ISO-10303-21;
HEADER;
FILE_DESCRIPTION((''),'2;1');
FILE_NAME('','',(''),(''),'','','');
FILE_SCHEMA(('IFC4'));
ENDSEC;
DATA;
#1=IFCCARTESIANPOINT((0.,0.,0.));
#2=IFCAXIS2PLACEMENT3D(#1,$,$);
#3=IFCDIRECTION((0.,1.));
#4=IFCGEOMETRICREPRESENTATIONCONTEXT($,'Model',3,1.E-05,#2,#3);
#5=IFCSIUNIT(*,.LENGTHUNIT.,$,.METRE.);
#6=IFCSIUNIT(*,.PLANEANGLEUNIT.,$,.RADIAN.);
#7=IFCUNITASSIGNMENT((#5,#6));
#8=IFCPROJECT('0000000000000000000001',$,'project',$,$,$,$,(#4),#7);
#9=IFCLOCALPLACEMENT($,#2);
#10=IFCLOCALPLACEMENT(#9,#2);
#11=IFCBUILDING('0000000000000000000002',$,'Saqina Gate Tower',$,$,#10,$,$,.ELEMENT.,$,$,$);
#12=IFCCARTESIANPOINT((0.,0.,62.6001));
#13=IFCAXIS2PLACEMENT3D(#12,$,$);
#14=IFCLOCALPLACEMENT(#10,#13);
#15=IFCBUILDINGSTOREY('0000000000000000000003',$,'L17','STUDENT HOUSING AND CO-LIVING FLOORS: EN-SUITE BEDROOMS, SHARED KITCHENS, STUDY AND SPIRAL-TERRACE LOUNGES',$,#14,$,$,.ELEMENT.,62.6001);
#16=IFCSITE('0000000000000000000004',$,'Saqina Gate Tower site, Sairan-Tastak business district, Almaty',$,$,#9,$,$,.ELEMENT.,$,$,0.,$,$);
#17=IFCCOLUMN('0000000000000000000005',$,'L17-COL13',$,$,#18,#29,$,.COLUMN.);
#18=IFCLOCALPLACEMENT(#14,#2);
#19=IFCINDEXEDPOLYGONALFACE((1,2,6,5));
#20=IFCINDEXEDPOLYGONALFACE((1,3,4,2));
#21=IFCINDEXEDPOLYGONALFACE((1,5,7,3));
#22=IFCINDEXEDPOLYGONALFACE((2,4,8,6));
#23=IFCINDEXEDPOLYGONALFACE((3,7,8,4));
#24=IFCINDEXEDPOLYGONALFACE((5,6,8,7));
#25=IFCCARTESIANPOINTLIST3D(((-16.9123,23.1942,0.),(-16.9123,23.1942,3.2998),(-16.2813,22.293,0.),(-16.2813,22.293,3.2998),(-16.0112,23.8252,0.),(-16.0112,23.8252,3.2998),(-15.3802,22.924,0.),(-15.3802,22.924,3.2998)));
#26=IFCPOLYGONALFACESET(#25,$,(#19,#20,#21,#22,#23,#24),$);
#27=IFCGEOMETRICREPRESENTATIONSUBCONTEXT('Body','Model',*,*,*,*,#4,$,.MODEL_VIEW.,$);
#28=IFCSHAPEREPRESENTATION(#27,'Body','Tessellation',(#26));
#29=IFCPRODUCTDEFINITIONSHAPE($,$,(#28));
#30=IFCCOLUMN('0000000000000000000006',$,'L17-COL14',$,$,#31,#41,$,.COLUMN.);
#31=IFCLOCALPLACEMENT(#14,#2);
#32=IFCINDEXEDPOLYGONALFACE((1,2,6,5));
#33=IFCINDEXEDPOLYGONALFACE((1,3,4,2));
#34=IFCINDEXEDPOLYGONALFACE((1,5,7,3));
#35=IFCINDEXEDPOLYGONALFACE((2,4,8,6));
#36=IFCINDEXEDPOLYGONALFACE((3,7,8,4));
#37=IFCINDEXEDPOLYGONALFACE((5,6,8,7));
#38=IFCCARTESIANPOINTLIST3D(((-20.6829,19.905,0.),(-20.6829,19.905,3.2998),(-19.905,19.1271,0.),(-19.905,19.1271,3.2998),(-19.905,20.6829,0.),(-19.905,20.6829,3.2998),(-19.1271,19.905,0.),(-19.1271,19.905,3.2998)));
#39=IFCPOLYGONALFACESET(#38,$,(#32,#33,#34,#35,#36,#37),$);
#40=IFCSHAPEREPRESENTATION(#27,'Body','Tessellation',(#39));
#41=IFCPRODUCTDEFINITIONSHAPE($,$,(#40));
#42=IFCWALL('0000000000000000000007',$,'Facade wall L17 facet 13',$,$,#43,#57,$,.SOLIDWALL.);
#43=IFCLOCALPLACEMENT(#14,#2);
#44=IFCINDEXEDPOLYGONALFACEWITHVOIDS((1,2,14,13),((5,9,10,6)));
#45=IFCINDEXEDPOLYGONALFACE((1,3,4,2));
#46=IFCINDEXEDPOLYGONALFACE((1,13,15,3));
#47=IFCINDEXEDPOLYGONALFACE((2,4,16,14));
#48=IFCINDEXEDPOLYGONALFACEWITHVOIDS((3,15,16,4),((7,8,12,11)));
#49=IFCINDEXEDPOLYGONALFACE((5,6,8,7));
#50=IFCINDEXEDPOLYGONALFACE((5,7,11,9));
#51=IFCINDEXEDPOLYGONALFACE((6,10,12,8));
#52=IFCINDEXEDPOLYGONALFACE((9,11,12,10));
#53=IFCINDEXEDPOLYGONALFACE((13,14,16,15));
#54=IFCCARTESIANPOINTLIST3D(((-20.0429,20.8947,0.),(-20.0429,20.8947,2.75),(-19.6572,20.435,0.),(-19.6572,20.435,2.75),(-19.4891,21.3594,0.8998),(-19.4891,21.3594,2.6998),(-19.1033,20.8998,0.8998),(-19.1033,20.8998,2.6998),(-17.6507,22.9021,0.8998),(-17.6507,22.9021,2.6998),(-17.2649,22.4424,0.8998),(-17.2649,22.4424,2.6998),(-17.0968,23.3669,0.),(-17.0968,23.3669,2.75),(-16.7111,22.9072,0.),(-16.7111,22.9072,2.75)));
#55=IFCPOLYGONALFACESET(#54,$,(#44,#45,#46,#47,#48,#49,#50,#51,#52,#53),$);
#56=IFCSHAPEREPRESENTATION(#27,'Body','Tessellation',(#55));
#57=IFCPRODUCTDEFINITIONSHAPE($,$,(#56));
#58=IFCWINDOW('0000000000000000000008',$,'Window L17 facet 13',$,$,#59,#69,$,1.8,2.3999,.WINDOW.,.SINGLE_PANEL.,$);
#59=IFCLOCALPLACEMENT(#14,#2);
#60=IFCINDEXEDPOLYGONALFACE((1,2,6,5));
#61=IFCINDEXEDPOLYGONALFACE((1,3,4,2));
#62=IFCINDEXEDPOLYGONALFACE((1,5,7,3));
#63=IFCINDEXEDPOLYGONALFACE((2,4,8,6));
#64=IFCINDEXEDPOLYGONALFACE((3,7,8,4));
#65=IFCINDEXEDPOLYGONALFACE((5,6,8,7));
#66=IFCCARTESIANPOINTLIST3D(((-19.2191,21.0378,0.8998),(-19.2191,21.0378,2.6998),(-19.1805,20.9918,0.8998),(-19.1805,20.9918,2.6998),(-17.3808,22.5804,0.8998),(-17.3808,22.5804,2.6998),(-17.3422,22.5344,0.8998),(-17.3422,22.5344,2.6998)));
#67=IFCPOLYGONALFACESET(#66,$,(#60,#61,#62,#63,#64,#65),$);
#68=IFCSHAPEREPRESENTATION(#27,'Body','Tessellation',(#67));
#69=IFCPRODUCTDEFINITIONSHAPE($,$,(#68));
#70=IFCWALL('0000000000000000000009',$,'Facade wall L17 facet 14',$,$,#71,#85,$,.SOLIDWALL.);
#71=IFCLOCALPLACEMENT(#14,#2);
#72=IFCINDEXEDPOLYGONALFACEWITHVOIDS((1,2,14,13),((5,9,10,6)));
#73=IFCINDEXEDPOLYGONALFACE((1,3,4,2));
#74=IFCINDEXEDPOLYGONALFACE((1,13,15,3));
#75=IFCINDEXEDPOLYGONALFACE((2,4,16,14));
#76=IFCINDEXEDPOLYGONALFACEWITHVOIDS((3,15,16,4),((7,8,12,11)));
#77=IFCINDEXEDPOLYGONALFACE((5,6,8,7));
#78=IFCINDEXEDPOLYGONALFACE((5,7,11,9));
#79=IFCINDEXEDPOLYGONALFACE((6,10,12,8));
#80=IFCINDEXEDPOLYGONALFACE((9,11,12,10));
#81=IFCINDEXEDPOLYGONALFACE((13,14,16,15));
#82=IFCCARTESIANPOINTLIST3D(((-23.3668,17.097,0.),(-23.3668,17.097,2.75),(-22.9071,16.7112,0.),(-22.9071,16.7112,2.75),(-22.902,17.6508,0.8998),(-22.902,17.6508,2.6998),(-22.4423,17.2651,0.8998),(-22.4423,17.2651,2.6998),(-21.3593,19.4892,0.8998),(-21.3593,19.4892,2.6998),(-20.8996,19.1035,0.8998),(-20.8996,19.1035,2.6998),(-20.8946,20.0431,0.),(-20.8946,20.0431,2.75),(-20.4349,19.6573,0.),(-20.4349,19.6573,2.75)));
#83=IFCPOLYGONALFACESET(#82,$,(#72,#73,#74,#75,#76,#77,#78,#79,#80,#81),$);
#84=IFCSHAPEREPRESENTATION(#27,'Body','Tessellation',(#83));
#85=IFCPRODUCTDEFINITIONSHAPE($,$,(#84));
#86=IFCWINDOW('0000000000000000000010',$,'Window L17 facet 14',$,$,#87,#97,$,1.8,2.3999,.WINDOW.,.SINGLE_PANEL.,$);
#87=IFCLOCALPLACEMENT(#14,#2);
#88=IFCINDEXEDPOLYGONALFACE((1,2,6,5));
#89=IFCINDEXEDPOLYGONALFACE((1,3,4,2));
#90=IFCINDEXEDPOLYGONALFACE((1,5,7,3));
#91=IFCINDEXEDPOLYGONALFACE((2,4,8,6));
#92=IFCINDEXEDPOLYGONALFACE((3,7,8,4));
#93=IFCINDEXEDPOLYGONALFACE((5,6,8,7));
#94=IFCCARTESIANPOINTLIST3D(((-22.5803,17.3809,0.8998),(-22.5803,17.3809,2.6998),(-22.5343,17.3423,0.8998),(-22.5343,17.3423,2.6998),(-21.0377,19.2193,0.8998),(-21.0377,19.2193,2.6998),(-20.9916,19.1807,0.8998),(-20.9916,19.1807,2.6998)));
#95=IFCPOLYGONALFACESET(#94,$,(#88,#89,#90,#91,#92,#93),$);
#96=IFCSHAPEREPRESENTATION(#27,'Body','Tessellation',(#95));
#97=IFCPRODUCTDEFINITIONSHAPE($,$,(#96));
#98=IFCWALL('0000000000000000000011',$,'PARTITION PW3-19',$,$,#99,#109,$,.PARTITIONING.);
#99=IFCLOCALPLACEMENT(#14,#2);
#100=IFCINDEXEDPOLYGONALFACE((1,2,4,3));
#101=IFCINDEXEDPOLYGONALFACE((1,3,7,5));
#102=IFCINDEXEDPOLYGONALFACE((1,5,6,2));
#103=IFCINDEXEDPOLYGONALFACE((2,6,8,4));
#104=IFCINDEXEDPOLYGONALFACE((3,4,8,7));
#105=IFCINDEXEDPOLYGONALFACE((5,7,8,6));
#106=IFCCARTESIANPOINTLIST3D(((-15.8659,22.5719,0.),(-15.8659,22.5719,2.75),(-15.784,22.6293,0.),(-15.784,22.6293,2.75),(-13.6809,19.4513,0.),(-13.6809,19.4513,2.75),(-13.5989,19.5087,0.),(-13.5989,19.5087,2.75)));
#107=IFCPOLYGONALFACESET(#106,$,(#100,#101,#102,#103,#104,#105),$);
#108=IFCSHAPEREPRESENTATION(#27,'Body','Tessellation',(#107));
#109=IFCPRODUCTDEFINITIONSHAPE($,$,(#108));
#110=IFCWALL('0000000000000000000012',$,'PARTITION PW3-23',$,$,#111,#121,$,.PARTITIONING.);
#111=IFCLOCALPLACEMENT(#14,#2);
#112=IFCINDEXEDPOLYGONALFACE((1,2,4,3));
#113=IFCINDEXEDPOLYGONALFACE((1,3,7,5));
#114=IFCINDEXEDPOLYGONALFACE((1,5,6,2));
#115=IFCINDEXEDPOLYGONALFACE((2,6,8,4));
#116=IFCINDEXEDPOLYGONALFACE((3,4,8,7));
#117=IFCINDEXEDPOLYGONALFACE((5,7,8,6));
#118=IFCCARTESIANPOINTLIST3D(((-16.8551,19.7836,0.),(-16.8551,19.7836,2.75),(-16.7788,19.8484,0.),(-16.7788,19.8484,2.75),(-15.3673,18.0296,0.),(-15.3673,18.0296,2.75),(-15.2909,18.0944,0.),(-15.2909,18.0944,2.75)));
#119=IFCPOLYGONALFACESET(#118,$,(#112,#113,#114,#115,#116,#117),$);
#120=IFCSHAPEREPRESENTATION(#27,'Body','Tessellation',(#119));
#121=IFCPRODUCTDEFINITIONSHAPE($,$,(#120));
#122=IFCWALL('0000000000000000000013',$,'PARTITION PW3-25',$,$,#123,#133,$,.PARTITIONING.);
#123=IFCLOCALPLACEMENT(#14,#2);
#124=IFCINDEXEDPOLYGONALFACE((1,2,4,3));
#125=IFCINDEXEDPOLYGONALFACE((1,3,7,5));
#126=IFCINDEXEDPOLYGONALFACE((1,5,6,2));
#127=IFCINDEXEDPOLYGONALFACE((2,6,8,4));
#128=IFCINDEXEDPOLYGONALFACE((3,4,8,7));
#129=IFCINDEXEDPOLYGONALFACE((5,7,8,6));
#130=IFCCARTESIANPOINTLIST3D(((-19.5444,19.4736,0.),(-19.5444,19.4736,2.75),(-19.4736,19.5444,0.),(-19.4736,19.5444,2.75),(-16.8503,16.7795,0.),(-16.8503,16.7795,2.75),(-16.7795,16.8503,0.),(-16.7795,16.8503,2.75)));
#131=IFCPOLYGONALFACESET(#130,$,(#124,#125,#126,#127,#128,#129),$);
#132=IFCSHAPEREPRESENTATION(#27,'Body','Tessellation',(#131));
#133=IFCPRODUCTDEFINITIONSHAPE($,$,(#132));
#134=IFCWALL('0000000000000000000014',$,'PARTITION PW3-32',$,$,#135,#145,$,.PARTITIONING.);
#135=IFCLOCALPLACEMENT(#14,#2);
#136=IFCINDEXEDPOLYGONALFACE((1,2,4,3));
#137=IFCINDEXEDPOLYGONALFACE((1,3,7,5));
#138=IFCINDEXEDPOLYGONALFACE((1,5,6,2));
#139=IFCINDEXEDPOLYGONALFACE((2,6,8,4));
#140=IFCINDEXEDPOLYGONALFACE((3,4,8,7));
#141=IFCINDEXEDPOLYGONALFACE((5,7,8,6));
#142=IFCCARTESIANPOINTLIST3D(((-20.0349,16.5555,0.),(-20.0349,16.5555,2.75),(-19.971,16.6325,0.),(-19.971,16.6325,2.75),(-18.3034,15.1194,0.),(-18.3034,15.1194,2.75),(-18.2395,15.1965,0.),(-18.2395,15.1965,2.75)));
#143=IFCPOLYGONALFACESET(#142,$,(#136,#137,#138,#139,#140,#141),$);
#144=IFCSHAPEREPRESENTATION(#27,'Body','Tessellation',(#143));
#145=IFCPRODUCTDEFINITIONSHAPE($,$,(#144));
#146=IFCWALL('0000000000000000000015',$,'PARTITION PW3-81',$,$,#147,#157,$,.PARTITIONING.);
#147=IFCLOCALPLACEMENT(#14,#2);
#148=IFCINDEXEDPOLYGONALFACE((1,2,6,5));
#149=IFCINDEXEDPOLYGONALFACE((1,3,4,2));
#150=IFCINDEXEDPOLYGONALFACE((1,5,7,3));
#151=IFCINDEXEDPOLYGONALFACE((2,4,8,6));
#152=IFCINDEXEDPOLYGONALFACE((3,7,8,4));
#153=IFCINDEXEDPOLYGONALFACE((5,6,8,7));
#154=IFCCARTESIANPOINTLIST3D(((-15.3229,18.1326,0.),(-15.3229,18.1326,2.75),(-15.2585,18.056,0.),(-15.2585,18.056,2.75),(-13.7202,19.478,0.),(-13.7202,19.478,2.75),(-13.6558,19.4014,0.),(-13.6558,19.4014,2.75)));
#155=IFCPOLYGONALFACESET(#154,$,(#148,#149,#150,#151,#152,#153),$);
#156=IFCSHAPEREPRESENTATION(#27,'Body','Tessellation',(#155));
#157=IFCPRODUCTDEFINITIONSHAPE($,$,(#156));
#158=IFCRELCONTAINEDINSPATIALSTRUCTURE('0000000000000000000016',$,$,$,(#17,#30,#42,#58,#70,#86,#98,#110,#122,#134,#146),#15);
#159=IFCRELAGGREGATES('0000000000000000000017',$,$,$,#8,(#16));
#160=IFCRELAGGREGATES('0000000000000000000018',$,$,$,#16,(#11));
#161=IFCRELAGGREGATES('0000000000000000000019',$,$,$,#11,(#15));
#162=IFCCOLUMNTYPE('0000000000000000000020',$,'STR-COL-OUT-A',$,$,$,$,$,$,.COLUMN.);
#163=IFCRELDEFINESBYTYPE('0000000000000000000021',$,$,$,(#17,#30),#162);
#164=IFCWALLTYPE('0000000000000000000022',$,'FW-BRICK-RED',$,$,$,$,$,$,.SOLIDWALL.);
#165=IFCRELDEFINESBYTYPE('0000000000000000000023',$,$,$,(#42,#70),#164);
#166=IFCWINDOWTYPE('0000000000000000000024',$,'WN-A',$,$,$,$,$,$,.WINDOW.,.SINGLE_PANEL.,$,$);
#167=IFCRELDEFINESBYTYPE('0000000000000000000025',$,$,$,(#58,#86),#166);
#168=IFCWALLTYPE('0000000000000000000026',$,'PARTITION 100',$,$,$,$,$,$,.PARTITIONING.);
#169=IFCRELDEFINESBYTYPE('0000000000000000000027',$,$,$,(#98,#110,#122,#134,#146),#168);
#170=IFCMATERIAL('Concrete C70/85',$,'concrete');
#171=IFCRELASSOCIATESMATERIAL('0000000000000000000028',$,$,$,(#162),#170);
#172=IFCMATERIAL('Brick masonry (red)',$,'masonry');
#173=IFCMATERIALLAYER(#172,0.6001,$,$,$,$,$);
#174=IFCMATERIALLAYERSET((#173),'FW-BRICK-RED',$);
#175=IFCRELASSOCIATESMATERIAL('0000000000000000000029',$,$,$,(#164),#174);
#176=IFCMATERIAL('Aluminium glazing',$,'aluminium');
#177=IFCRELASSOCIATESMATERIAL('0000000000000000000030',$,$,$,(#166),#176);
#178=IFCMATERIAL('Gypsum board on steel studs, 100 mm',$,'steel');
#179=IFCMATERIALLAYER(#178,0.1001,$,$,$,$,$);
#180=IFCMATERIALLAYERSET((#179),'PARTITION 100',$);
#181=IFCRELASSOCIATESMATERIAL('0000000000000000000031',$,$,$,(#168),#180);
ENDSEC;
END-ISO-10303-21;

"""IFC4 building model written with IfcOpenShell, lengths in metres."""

from ifc_helpers import new_model, si_unit, direction, frame, frame_2d, origin, origin_2d, place, context, subcontext, project, spatial, rectangle, extrude, material, layer, layer_set, material_profile, profile_set, type_object, element, fill, save


model = new_model("IFC4")

# Units and contexts
model_context = context("Model", 3, precision=1e-05, world=origin(), true_north=direction((0.0, 1.0)))
body_context = subcontext(model_context, "Body", "Model", "MODEL_VIEW")
ifc_project = project(units=[si_unit("LENGTHUNIT", "METRE"), si_unit("PLANEANGLEUNIT", "RADIAN")], contexts=[model_context])

# Site, building, storey
site_placement = place(None, origin())
site = spatial("IfcSite", under=ifc_project, at=site_placement, Name="Saqina Gate Tower site, Sairan-Tastak business district, Almaty", CompositionType="ELEMENT", RefElevation=0.0)
building_placement = place(site_placement, origin())
building = spatial("IfcBuilding", under=site, at=building_placement, Name="Saqina Gate Tower", CompositionType="ELEMENT")
storey_placement = place(building_placement, frame((0.0, 0.0, 62.6001)))
storey = spatial("IfcBuildingStorey", under=building, at=storey_placement, Name="L17", Description="STUDENT HOUSING AND CO-LIVING FLOORS: EN-SUITE BEDROOMS, SHARED KITCHENS, STUDY AND SPIRAL-TERRACE LOUNGES", CompositionType="ELEMENT", Elevation=62.6001)

# Columns
ifc_material_1 = material(Name="Concrete C70/85", Category="concrete")
ifc_material_profile = material_profile(ifc_material_1, rectangle(XDim=1.1001, YDim=1.1001, at=origin_2d()), Name="RC 1100x1100")
ifc_profile_set = profile_set([ifc_material_profile], Name="Concrete C70/85")
column_type = type_object("IfcColumnType", Name="STR-COL-OUT-A", PredefinedType="COLUMN", material=ifc_profile_set)
for number, where, z_axis, x_axis, name in (
    (1, (-16.1462, 23.0591, 0.0), (0.0, 0.0, 1.0), (-0.573576, 0.819152, 0.0), "L17-COL13"),
    (2, (-19.905, 19.905, 0.0), (0.0, 0.0, 1.0), (-0.707107, 0.707107, 0.0), "L17-COL14"),
):
    element("IfcColumn", number, at=place(storey_placement, frame(where, z_axis=z_axis, x_axis=x_axis)), inside=storey, type_object=column_type, Name=name, PredefinedType="COLUMN", context=body_context, shape_type="SweptSolid", body=[
        extrude(rectangle(XDim=1.1001, YDim=1.1001, at=origin_2d()), origin(), (0.0, 0.0, 1.0), 3.2998),
    ])

# Walls, openings, windows
ifc_material_2 = material(Name="Brick masonry (red)", Category="masonry")
ifc_layer_1 = layer(ifc_material_2, 0.6001)
ifc_layer_set_1 = layer_set([ifc_layer_1], Name="FW-BRICK-RED")
wall_type_1 = type_object("IfcWallType", Name="FW-BRICK-RED", PredefinedType="SOLIDWALL", material=ifc_layer_set_1)
wall_1_placement = place(storey_placement, frame((-16.9041, 23.137, 0.0), z_axis=(0.0, 0.0, 1.0), x_axis=(-0.766026, -0.642809, 0.0)))
wall_1 = element("IfcWall", 3, at=wall_1_placement, inside=storey, type_object=wall_type_1, Name="Facade wall L17 facet 13", PredefinedType="SOLIDWALL", context=body_context, shape_type="SweptSolid", body=[
    extrude(rectangle(XDim=3.8459, YDim=0.6001, at=frame_2d((1.9229, 0.0))), origin(), (0.0, 0.0, 1.0), 2.75),
])
opening_1_placement = place(wall_1_placement, frame((0.7229, 0.0, 0.8999)))
opening_1 = element("IfcOpeningElement", 4, at=opening_1_placement, cuts=wall_1, PredefinedType="OPENING", context=body_context, shape_type="SweptSolid", body=[
    extrude(rectangle(XDim=2.3999, YDim=1.8, at=frame_2d((1.2, 0.8999))), frame((0.0, 0.312, 0.0), z_axis=(0.0, -1.0, 0.0), x_axis=(1.0, 0.0, 0.0)), (0.0, 0.0, 1.0), 0.624),
])
ifc_material_3 = material(Name="Aluminium glazing", Category="aluminium")
window_type = type_object("IfcWindowType", Name="WN-A", PartitioningType="SINGLE_PANEL", PredefinedType="WINDOW", material=ifc_material_3)
window_1_placement = place(opening_1_placement, origin())
window_1 = element("IfcWindow", 5, at=window_1_placement, inside=storey, type_object=window_type, Name="Window L17 facet 13", OverallHeight=1.8, OverallWidth=2.3999, PartitioningType="SINGLE_PANEL", PredefinedType="WINDOW", context=body_context, shape_type="SweptSolid", body=[
    extrude(rectangle(XDim=2.3999, YDim=1.8, at=frame_2d((1.2, 0.8999))), frame((0.0, 0.1799, 0.0), z_axis=(0.0, -1.0, 0.0), x_axis=(1.0, 0.0, 0.0)), (0.0, 0.0, 1.0), 0.0601),
])
fill(opening_1, window_1)
wall_2_placement = place(storey_placement, frame((-20.6648, 19.8501, 0.0), z_axis=(0.0, 0.0, 1.0), x_axis=(-0.642809, -0.766026, 0.0)))
wall_2 = element("IfcWall", 6, at=wall_2_placement, inside=storey, type_object=wall_type_1, Name="Facade wall L17 facet 14", PredefinedType="SOLIDWALL", context=body_context, shape_type="SweptSolid", body=[
    extrude(rectangle(XDim=3.8459, YDim=0.6001, at=frame_2d((1.9229, 0.0))), origin(), (0.0, 0.0, 1.0), 2.75),
])
opening_2_placement = place(wall_2_placement, frame((0.7229, 0.0, 0.8999)))
opening_2 = element("IfcOpeningElement", 7, at=opening_2_placement, cuts=wall_2, PredefinedType="OPENING", context=body_context, shape_type="SweptSolid", body=[
    extrude(rectangle(XDim=2.3999, YDim=1.8, at=frame_2d((1.2, 0.8999))), frame((0.0, 0.312, 0.0), z_axis=(0.0, -1.0, 0.0), x_axis=(1.0, 0.0, 0.0)), (0.0, 0.0, 1.0), 0.624),
])
window_2_placement = place(opening_2_placement, origin())
window_2 = element("IfcWindow", 8, at=window_2_placement, inside=storey, type_object=window_type, Name="Window L17 facet 14", OverallHeight=1.8, OverallWidth=2.3999, PartitioningType="SINGLE_PANEL", PredefinedType="WINDOW", context=body_context, shape_type="SweptSolid", body=[
    extrude(rectangle(XDim=2.3999, YDim=1.8, at=frame_2d((1.2, 0.8999))), frame((0.0, 0.1799, 0.0), z_axis=(0.0, -1.0, 0.0), x_axis=(1.0, 0.0, 0.0)), (0.0, 0.0, 1.0), 0.0601),
])
fill(opening_2, window_2)

# Walls
ifc_material_4 = material(Name="Gypsum board on steel studs, 100 mm", Category="steel")
ifc_layer_2 = layer(ifc_material_4, 0.1001)
ifc_layer_set_2 = layer_set([ifc_layer_2], Name="PARTITION 100")
wall_type_2 = type_object("IfcWallType", Name="PARTITION 100", PredefinedType="PARTITIONING", material=ifc_layer_set_2)
wall_3_placement = place(storey_placement, frame((-15.825, 22.6006, 0.0), z_axis=(0.0, 0.0, 1.0), x_axis=(0.573574, -0.819154, 0.0)))
element("IfcWall", 9, at=wall_3_placement, inside=storey, type_object=wall_type_2, Name="PARTITION PW3-19", PredefinedType="PARTITIONING", context=body_context, shape_type="SweptSolid", body=[
    extrude(rectangle(XDim=3.8096, YDim=0.1001, at=frame_2d((1.9048, 0.0))), origin(), (0.0, 0.0, 1.0), 2.75),
])
wall_4_placement = place(storey_placement, frame((-16.8169, 19.8159, 0.0), z_axis=(0.0, 0.0, 1.0), x_axis=(0.646884, -0.762588, 0.0)))
element("IfcWall", 10, at=wall_4_placement, inside=storey, type_object=wall_type_2, Name="PARTITION PW3-23", PredefinedType="PARTITIONING", context=body_context, shape_type="SweptSolid", body=[
    extrude(rectangle(XDim=2.3, YDim=0.1001, at=frame_2d((1.1499, 0.0))), origin(), (0.0, 0.0, 1.0), 2.75),
])
wall_5_placement = place(storey_placement, frame((-19.509, 19.509, 0.0), z_axis=(0.0, 0.0, 1.0), x_axis=(0.707107, -0.707107, 0.0)))
element("IfcWall", 11, at=wall_5_placement, inside=storey, type_object=wall_type_2, Name="PARTITION PW3-25", PredefinedType="PARTITIONING", context=body_context, shape_type="SweptSolid", body=[
    extrude(rectangle(XDim=3.8101, YDim=0.1001, at=frame_2d((1.905, 0.0))), origin(), (0.0, 0.0, 1.0), 2.75),
])
wall_6_placement = place(storey_placement, frame((-20.0029, 16.594, 0.0), z_axis=(0.0, 0.0, 1.0), x_axis=(0.769714, -0.638389, 0.0)))
element("IfcWall", 12, at=wall_6_placement, inside=storey, type_object=wall_type_2, Name="PARTITION PW3-32", PredefinedType="PARTITIONING", context=body_context, shape_type="SweptSolid", body=[
    extrude(rectangle(XDim=2.2495, YDim=0.1001, at=frame_2d((1.1248, 0.0))), origin(), (0.0, 0.0, 1.0), 2.75),
])
wall_7_placement = place(storey_placement, frame((-15.2908, 18.0942, 0.0), z_axis=(0.0, 0.0, 1.0), x_axis=(0.765912, 0.642946, 0.0)))
element("IfcWall", 13, at=wall_7_placement, inside=storey, type_object=wall_type_2, Name="PARTITION PW3-81", PredefinedType="PARTITIONING", context=body_context, shape_type="SweptSolid", body=[
    extrude(rectangle(XDim=2.0925, YDim=0.1001, at=frame_2d((1.0464, 0.0))), origin(), (0.0, 0.0, 1.0), 2.75),
])

save(model, "model.ifc")
